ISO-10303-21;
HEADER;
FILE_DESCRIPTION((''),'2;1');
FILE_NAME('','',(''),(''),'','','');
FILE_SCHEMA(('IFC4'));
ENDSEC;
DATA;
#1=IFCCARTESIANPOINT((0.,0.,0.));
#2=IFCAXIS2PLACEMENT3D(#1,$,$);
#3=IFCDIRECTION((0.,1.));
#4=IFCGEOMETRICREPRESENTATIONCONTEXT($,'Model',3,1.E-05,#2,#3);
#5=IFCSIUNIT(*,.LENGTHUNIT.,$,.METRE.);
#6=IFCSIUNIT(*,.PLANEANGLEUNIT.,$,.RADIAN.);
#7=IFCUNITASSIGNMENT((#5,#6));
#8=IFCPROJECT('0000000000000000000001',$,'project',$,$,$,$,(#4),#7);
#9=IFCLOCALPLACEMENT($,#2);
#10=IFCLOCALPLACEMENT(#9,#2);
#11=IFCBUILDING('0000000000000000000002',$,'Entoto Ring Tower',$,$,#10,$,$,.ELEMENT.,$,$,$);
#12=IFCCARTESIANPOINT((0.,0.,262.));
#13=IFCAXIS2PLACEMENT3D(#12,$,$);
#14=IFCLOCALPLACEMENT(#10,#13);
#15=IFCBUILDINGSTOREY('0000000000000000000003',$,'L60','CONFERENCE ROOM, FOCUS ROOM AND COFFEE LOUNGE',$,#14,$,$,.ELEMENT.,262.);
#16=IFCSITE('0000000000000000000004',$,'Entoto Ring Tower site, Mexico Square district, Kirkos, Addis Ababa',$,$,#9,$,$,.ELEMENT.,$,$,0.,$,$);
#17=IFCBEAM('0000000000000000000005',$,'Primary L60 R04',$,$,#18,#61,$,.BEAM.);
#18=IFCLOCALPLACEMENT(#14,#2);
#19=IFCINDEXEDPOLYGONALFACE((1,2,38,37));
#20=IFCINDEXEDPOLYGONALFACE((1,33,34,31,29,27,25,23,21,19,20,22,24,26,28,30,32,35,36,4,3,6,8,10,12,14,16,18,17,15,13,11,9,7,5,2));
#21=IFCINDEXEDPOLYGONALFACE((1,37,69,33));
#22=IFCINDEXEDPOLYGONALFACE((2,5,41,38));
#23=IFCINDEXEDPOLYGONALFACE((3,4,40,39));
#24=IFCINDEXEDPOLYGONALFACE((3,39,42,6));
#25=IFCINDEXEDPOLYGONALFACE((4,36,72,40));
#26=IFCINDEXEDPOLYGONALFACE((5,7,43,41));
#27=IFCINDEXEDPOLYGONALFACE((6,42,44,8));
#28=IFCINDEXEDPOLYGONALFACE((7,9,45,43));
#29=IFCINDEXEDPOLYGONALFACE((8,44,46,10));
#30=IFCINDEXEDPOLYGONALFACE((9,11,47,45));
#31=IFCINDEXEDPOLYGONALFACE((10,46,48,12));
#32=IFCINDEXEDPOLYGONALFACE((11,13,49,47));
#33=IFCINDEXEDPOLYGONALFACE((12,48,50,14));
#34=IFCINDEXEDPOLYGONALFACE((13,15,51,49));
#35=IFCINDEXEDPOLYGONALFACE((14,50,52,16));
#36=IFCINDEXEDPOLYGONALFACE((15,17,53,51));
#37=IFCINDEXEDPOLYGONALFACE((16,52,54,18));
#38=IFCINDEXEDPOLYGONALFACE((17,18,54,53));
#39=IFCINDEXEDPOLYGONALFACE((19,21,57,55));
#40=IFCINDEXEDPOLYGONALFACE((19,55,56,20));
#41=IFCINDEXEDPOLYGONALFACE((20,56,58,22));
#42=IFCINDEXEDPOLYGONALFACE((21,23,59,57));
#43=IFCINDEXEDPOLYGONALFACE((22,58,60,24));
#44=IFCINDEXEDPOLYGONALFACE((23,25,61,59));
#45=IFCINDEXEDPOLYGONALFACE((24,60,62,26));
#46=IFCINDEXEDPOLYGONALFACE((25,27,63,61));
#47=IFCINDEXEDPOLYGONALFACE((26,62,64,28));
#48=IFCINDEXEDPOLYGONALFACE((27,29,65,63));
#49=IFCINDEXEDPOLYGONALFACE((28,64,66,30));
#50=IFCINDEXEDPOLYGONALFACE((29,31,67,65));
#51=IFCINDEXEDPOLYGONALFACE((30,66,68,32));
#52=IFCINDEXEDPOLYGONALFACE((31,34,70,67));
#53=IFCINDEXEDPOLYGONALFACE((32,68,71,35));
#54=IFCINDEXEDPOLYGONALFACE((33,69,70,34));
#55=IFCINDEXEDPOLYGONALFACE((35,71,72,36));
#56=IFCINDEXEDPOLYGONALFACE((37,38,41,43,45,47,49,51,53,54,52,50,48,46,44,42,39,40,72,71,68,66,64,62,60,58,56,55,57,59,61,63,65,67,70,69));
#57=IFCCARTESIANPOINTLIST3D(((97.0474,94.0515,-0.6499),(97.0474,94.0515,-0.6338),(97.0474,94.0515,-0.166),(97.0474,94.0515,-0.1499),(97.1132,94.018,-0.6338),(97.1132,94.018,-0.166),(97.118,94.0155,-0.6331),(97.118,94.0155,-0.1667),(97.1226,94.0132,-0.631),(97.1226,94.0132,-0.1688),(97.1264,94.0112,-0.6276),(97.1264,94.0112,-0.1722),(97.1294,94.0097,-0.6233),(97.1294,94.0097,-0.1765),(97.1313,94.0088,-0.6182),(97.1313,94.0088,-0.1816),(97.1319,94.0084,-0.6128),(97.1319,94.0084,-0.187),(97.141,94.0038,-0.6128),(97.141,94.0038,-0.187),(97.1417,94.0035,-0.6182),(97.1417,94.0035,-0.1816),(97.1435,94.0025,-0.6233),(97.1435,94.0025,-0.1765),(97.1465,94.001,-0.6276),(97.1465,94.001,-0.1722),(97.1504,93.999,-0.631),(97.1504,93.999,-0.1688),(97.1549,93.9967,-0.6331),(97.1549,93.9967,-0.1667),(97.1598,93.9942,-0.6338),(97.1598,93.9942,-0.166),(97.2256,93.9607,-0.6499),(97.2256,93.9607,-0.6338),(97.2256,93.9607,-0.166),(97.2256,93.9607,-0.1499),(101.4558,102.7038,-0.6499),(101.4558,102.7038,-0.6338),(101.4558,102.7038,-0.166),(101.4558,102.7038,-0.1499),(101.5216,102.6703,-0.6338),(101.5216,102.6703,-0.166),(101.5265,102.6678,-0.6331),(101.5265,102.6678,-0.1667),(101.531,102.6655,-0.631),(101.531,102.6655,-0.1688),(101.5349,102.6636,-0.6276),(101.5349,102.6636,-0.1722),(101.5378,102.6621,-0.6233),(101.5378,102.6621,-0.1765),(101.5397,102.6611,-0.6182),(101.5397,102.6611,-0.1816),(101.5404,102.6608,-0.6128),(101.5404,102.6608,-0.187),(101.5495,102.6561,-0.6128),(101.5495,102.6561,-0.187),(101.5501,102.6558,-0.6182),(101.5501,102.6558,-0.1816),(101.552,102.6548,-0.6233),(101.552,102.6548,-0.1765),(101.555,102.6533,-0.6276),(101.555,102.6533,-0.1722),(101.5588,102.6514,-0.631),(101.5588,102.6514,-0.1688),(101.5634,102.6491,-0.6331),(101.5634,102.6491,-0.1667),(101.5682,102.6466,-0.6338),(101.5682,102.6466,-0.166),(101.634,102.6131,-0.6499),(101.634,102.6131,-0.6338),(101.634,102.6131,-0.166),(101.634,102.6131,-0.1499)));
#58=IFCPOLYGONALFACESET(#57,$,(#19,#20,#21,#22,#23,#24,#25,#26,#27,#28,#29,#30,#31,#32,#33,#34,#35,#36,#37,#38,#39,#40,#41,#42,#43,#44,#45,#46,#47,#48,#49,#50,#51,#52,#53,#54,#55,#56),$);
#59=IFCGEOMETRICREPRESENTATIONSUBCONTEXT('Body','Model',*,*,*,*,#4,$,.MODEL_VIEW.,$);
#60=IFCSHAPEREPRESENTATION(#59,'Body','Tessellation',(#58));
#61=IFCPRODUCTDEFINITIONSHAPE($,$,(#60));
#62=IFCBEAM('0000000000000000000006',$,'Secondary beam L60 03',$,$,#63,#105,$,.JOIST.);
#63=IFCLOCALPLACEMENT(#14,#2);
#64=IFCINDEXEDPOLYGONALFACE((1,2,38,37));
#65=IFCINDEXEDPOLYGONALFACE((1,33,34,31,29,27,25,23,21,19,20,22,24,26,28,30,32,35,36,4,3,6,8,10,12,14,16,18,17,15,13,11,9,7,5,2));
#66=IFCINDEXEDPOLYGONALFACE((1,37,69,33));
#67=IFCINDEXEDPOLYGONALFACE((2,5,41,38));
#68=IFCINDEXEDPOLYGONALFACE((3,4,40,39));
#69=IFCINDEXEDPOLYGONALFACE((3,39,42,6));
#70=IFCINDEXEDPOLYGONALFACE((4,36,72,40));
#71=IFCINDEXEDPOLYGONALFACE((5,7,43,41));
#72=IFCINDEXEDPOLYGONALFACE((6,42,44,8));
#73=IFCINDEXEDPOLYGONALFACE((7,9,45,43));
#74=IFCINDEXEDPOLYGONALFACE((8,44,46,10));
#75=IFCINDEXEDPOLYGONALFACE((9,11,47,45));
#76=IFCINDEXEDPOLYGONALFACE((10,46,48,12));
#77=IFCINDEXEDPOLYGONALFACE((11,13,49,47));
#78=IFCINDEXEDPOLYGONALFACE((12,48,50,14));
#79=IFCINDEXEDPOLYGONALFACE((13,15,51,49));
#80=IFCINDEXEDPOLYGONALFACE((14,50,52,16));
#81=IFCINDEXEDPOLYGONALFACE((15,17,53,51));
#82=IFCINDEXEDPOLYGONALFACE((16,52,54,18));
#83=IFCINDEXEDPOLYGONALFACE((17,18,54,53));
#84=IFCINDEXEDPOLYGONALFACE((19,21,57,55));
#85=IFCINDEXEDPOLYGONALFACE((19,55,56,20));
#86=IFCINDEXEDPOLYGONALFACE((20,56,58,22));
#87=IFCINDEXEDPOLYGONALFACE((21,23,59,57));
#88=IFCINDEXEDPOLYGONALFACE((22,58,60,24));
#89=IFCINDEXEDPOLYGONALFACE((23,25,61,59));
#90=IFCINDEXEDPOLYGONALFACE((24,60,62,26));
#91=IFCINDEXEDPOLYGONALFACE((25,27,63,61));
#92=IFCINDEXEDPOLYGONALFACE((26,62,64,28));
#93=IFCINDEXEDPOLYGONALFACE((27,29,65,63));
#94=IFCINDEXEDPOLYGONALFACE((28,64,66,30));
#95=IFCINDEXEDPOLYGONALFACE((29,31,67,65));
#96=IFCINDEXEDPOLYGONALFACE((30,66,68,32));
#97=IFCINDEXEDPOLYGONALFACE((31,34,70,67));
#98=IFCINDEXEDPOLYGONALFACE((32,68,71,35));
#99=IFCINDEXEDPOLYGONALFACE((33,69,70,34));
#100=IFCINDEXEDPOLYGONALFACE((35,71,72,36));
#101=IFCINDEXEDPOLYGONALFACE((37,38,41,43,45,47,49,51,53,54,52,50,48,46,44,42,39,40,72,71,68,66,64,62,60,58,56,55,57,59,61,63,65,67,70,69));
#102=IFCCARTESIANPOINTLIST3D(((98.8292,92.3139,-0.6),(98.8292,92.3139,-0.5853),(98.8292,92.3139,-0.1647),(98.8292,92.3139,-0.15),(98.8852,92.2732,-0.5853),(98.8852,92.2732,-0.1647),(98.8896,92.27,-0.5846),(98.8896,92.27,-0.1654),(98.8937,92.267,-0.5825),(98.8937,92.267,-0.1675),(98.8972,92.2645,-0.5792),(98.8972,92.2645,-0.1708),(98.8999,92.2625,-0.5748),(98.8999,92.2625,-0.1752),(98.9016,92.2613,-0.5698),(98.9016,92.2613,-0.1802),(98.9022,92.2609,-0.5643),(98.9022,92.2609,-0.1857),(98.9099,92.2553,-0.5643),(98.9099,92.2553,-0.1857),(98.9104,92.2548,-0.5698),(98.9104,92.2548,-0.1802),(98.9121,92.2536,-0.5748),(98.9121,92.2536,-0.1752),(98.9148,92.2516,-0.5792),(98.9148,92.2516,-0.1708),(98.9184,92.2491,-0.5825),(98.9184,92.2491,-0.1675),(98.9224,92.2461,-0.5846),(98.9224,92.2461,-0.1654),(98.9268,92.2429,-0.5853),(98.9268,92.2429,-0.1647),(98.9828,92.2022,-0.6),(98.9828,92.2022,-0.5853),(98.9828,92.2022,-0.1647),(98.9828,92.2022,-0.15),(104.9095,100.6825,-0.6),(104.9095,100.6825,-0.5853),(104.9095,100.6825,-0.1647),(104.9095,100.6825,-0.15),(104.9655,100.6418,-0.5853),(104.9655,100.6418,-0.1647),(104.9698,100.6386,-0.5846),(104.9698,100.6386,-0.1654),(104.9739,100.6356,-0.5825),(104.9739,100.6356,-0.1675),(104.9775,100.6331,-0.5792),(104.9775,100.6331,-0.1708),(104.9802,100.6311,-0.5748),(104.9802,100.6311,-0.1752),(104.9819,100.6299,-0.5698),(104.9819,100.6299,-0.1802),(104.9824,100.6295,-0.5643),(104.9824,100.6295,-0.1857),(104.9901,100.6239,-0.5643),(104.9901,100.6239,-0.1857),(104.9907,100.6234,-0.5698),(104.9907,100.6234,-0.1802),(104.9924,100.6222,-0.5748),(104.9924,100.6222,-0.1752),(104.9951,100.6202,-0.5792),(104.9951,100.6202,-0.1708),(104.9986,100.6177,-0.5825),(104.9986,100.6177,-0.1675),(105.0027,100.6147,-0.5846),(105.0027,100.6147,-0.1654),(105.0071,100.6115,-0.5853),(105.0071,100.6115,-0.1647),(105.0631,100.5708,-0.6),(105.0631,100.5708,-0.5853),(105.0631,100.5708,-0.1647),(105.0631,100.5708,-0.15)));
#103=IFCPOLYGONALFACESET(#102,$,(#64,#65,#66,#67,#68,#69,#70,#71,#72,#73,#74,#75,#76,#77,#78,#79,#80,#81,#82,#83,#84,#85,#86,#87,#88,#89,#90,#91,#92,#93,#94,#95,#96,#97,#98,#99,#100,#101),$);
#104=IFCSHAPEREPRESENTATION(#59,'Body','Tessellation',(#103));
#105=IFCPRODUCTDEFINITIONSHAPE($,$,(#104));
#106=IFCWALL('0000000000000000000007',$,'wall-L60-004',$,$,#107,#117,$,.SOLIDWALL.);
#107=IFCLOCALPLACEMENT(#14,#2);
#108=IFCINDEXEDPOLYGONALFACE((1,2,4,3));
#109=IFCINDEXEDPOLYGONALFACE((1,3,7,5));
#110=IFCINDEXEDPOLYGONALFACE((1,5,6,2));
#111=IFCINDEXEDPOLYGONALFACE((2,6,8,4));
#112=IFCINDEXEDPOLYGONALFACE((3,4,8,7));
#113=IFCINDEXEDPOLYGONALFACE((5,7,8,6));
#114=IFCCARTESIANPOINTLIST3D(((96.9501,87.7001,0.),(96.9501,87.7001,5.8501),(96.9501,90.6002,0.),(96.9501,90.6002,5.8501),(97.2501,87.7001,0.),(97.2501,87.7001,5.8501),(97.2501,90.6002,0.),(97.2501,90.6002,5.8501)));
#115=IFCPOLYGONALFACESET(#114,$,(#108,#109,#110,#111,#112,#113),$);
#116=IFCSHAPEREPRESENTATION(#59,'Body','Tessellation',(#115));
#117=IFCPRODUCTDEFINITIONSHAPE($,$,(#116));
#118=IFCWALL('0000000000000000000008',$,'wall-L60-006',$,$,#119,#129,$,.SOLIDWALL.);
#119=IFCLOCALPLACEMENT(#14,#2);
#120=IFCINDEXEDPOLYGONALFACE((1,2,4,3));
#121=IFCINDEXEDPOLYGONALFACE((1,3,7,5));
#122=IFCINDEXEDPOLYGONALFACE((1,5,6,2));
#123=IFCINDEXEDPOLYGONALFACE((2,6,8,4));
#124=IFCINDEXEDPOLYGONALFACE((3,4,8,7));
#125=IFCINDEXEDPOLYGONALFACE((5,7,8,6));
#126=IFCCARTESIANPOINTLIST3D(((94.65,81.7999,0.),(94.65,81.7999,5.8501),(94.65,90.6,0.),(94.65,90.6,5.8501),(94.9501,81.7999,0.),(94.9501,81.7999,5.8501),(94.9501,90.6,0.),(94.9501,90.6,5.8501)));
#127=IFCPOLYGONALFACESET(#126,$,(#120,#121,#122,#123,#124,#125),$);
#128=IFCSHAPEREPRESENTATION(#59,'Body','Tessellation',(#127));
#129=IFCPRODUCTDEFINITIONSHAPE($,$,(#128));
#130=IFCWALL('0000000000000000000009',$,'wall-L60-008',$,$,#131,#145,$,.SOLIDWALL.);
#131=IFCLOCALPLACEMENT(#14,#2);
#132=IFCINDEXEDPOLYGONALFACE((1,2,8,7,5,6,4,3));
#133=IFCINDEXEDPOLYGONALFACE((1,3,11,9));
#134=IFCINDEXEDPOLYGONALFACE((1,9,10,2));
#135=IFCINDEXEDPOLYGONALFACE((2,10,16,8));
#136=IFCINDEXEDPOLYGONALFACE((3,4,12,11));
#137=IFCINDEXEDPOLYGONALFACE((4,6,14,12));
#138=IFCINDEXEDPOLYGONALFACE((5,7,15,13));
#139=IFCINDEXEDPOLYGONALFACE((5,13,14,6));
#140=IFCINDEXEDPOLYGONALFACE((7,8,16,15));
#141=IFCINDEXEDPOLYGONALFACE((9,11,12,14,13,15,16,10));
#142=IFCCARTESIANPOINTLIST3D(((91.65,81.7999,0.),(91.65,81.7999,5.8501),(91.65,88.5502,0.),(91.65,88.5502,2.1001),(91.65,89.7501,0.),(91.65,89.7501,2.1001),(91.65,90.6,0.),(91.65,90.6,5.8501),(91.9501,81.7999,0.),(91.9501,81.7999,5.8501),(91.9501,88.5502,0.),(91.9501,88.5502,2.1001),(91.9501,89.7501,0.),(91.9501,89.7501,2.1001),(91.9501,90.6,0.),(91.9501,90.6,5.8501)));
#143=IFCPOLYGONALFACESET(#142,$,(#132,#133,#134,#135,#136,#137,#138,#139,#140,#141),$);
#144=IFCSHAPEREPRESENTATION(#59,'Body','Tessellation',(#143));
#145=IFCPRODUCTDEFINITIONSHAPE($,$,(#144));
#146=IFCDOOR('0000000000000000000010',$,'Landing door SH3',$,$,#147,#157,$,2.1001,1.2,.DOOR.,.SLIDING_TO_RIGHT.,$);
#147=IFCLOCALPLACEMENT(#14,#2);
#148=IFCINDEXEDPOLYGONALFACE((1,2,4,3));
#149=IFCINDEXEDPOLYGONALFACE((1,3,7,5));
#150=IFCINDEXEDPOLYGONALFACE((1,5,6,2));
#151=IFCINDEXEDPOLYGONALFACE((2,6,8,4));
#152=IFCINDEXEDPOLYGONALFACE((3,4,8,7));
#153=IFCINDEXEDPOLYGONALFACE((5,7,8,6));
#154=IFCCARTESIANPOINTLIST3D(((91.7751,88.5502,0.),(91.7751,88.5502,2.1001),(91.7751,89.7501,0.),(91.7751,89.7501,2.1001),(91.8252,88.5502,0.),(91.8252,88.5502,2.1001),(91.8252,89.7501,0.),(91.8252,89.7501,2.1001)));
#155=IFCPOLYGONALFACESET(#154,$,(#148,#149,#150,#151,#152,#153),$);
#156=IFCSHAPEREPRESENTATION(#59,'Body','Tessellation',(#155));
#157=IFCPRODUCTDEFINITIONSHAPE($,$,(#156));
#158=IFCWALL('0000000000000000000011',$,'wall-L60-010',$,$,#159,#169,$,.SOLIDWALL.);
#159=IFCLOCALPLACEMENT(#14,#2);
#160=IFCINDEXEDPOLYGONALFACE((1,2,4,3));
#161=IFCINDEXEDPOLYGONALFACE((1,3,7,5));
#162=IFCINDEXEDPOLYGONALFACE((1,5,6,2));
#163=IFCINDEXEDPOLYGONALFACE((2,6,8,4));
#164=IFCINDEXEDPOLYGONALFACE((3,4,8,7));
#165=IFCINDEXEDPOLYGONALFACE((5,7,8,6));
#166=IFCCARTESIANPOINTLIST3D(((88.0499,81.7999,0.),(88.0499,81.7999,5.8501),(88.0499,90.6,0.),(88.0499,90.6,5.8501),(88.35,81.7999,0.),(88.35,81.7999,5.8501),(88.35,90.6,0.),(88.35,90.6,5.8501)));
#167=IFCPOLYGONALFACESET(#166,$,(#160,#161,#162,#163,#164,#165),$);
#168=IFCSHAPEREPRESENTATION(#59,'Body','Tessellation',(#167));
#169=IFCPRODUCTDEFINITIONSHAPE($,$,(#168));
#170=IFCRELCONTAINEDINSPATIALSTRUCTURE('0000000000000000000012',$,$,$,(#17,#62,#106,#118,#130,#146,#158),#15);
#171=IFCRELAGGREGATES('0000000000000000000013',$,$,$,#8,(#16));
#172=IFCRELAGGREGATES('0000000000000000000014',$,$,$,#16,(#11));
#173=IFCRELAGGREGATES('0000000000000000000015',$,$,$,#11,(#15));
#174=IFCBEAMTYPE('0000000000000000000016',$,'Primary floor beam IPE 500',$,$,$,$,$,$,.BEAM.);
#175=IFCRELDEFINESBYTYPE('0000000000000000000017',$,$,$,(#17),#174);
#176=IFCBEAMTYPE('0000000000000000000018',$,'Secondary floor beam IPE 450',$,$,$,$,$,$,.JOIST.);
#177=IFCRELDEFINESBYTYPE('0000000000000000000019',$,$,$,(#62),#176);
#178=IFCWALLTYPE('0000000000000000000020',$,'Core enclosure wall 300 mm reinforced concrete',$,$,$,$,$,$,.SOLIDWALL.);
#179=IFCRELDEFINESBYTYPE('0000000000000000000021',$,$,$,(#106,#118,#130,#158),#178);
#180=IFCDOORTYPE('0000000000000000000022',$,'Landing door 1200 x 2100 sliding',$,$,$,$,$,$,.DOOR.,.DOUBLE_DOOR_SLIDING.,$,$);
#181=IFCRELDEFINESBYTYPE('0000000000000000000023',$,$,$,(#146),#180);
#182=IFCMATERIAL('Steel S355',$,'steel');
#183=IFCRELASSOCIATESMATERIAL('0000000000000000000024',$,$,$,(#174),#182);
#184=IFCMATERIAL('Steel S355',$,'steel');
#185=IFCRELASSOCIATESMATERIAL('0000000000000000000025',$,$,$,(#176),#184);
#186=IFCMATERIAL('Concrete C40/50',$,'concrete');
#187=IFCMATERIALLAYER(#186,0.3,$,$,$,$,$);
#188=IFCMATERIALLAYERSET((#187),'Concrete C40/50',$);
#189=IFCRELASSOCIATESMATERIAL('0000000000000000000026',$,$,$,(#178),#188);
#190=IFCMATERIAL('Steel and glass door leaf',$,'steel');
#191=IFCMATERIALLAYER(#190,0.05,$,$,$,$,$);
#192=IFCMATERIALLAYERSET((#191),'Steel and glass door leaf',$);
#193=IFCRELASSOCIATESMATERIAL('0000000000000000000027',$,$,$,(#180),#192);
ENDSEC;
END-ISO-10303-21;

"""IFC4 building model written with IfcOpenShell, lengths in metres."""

from ifc_helpers import new_model, si_unit, direction, frame, frame_2d, origin, origin_2d, place, context, subcontext, project, spatial, rectangle, i_section, extrude, material, layer, layer_set, material_profile, profile_set, type_object, element, fill, save


model = new_model("IFC4")

# Units and contexts
model_context = context("Model", 3, precision=1e-05, world=origin(), true_north=direction((0.0, 1.0)))
body_context = subcontext(model_context, "Body", "Model", "MODEL_VIEW")
ifc_project = project(units=[si_unit("LENGTHUNIT", "METRE"), si_unit("PLANEANGLEUNIT", "RADIAN")], contexts=[model_context])

# Site, building, storey
site_placement = place(None, origin())
site = spatial("IfcSite", under=ifc_project, at=site_placement, Name="Entoto Ring Tower site, Mexico Square district, Kirkos, Addis Ababa", CompositionType="ELEMENT", RefElevation=0.0)
building_placement = place(site_placement, origin())
building = spatial("IfcBuilding", under=site, at=building_placement, Name="Entoto Ring Tower", CompositionType="ELEMENT")
storey_placement = place(building_placement, frame((0.0, 0.0, 262.0)))
storey = spatial("IfcBuildingStorey", under=building, at=storey_placement, Name="L60", Description="CONFERENCE ROOM, FOCUS ROOM AND COFFEE LOUNGE", CompositionType="ELEMENT", Elevation=262.0)

# Beams
ifc_material_1 = material(Name="Steel S355", Category="steel")
ifc_material_profile_1 = material_profile(ifc_material_1, i_section(OverallWidth=0.2, OverallDepth=0.5, WebThickness=0.0103, FlangeThickness=0.0161, FilletRadius=0.021, at=origin_2d()), Name="IPE 500")
ifc_profile_set_1 = profile_set([ifc_material_profile_1], Name="Steel S355")
beam_type_1 = type_object("IfcBeamType", Name="Primary floor beam IPE 500", PredefinedType="BEAM", material=ifc_profile_set_1)
beam_1_placement = place(storey_placement, frame((97.1365, 94.0061, -0.3999), z_axis=(0.453979, 0.891012, 0.0), x_axis=(-0.891012, 0.453979, 0.0)))
element("IfcBeam", 1, at=beam_1_placement, inside=storey, type_object=beam_type_1, Name="Primary L60 R04", PredefinedType="BEAM", context=body_context, shape_type="SweptSolid", body=[
    extrude(i_section(OverallWidth=0.2, OverallDepth=0.5, WebThickness=0.0103, FlangeThickness=0.0161, FilletRadius=0.021, at=origin_2d()), origin(), (0.0, 0.0, 1.0), 9.7107),
])
ifc_material_2 = material(Name="Steel S355", Category="steel")
ifc_material_profile_2 = material_profile(ifc_material_2, i_section(OverallWidth=0.1899, OverallDepth=0.45, WebThickness=0.0095, FlangeThickness=0.0146, FilletRadius=0.021, at=origin_2d()), Name="IPE 450")
ifc_profile_set_2 = profile_set([ifc_material_profile_2], Name="Steel S355")
beam_type_2 = type_object("IfcBeamType", Name="Secondary floor beam IPE 450", PredefinedType="JOIST", material=ifc_profile_set_2)
beam_2_placement = place(storey_placement, frame((98.906, 92.2581, -0.375), z_axis=(0.587794, 0.809011, 0.0), x_axis=(-0.809011, 0.587794, 0.0)))
element("IfcBeam", 2, at=beam_2_placement, inside=storey, type_object=beam_type_2, Name="Secondary beam L60 03", PredefinedType="JOIST", context=body_context, shape_type="SweptSolid", body=[
    extrude(i_section(OverallWidth=0.1899, OverallDepth=0.45, WebThickness=0.0095, FlangeThickness=0.0146, FilletRadius=0.021, at=origin_2d()), origin(), (0.0, 0.0, 1.0), 10.3442),
])

# Walls
ifc_material_3 = material(Name="Concrete C40/50", Category="concrete")
ifc_layer_1 = layer(ifc_material_3, 0.3)
ifc_layer_set_1 = layer_set([ifc_layer_1], Name="Concrete C40/50")
wall_type = type_object("IfcWallType", Name="Core enclosure wall 300 mm reinforced concrete", PredefinedType="SOLIDWALL", material=ifc_layer_set_1)
wall_1_placement = place(storey_placement, frame((97.1001, 87.7, 0.0), z_axis=(0.0, 0.0, 1.0), x_axis=(0.0, 1.0, 0.0)))
element("IfcWall", 3, at=wall_1_placement, inside=storey, type_object=wall_type, Name="wall-L60-004", PredefinedType="SOLIDWALL", context=body_context, shape_type="SweptSolid", body=[
    extrude(rectangle(XDim=2.9001, YDim=0.3, at=frame_2d((1.4502, 0.0))), origin(), (0.0, 0.0, 1.0), 5.8501),
])
wall_2_placement = place(storey_placement, frame((94.8, 81.8, 0.0), z_axis=(0.0, 0.0, 1.0), x_axis=(0.0, 1.0, 0.0)))
element("IfcWall", 4, at=wall_2_placement, inside=storey, type_object=wall_type, Name="wall-L60-006", PredefinedType="SOLIDWALL", context=body_context, shape_type="SweptSolid", body=[
    extrude(rectangle(XDim=8.8, YDim=0.3, at=frame_2d((4.3999, 0.0))), origin(), (0.0, 0.0, 1.0), 5.8501),
])

# Wall, opening, door
wall_3_placement = place(storey_placement, frame((91.8, 81.8, 0.0), z_axis=(0.0, 0.0, 1.0), x_axis=(0.0, 1.0, 0.0)))
wall_3 = element("IfcWall", 5, at=wall_3_placement, inside=storey, type_object=wall_type, Name="wall-L60-008", PredefinedType="SOLIDWALL", context=body_context, shape_type="SweptSolid", body=[
    extrude(rectangle(XDim=8.8, YDim=0.3, at=frame_2d((4.3999, 0.0))), origin(), (0.0, 0.0, 1.0), 5.8501),
])
opening_1_placement = place(wall_3_placement, frame((6.75, 0.0, 0.0)))
opening_1 = element("IfcOpeningElement", 6, at=opening_1_placement, cuts=wall_3, PredefinedType="OPENING", context=body_context, shape_type="SweptSolid", body=[
    extrude(rectangle(XDim=1.2, YDim=2.1001, at=frame_2d((0.6001, 1.05))), frame((0.0, 0.1602, 0.0), z_axis=(0.0, -1.0, 0.0), x_axis=(1.0, 0.0, 0.0)), (0.0, 0.0, 1.0), 0.3201),
])
ifc_material_4 = material(Name="Steel and glass door leaf", Category="steel")
ifc_layer_2 = layer(ifc_material_4, 0.05)
ifc_layer_set_2 = layer_set([ifc_layer_2], Name="Steel and glass door leaf")
door_type_1 = type_object("IfcDoorType", Name="Landing door 1200 x 2100 sliding", OperationType="DOUBLE_DOOR_SLIDING", PredefinedType="DOOR", material=ifc_layer_set_2)
door_1_placement = place(opening_1_placement, origin())
door_1 = element("IfcDoor", 7, at=door_1_placement, inside=storey, type_object=door_type_1, Name="Landing door SH3", OperationType="SLIDING_TO_RIGHT", OverallHeight=2.1001, OverallWidth=1.2, PredefinedType="DOOR", context=body_context, shape_type="SweptSolid", body=[
    extrude(rectangle(XDim=1.2, YDim=2.1001, at=frame_2d((0.6001, 1.05))), frame((0.0, 0.0249, 0.0), z_axis=(0.0, -1.0, 0.0), x_axis=(1.0, 0.0, 0.0)), (0.0, 0.0, 1.0), 0.05),
])
fill(opening_1, door_1)

# Wall
wall_4_placement = place(storey_placement, frame((88.2, 81.8, 0.0), z_axis=(0.0, 0.0, 1.0), x_axis=(0.0, 1.0, 0.0)))
element("IfcWall", 8, at=wall_4_placement, inside=storey, type_object=wall_type, Name="wall-L60-010", PredefinedType="SOLIDWALL", context=body_context, shape_type="SweptSolid", body=[
    extrude(rectangle(XDim=8.8, YDim=0.3, at=frame_2d((4.3999, 0.0))), origin(), (0.0, 0.0, 1.0), 5.8501),
])

save(model, "model.ifc")
